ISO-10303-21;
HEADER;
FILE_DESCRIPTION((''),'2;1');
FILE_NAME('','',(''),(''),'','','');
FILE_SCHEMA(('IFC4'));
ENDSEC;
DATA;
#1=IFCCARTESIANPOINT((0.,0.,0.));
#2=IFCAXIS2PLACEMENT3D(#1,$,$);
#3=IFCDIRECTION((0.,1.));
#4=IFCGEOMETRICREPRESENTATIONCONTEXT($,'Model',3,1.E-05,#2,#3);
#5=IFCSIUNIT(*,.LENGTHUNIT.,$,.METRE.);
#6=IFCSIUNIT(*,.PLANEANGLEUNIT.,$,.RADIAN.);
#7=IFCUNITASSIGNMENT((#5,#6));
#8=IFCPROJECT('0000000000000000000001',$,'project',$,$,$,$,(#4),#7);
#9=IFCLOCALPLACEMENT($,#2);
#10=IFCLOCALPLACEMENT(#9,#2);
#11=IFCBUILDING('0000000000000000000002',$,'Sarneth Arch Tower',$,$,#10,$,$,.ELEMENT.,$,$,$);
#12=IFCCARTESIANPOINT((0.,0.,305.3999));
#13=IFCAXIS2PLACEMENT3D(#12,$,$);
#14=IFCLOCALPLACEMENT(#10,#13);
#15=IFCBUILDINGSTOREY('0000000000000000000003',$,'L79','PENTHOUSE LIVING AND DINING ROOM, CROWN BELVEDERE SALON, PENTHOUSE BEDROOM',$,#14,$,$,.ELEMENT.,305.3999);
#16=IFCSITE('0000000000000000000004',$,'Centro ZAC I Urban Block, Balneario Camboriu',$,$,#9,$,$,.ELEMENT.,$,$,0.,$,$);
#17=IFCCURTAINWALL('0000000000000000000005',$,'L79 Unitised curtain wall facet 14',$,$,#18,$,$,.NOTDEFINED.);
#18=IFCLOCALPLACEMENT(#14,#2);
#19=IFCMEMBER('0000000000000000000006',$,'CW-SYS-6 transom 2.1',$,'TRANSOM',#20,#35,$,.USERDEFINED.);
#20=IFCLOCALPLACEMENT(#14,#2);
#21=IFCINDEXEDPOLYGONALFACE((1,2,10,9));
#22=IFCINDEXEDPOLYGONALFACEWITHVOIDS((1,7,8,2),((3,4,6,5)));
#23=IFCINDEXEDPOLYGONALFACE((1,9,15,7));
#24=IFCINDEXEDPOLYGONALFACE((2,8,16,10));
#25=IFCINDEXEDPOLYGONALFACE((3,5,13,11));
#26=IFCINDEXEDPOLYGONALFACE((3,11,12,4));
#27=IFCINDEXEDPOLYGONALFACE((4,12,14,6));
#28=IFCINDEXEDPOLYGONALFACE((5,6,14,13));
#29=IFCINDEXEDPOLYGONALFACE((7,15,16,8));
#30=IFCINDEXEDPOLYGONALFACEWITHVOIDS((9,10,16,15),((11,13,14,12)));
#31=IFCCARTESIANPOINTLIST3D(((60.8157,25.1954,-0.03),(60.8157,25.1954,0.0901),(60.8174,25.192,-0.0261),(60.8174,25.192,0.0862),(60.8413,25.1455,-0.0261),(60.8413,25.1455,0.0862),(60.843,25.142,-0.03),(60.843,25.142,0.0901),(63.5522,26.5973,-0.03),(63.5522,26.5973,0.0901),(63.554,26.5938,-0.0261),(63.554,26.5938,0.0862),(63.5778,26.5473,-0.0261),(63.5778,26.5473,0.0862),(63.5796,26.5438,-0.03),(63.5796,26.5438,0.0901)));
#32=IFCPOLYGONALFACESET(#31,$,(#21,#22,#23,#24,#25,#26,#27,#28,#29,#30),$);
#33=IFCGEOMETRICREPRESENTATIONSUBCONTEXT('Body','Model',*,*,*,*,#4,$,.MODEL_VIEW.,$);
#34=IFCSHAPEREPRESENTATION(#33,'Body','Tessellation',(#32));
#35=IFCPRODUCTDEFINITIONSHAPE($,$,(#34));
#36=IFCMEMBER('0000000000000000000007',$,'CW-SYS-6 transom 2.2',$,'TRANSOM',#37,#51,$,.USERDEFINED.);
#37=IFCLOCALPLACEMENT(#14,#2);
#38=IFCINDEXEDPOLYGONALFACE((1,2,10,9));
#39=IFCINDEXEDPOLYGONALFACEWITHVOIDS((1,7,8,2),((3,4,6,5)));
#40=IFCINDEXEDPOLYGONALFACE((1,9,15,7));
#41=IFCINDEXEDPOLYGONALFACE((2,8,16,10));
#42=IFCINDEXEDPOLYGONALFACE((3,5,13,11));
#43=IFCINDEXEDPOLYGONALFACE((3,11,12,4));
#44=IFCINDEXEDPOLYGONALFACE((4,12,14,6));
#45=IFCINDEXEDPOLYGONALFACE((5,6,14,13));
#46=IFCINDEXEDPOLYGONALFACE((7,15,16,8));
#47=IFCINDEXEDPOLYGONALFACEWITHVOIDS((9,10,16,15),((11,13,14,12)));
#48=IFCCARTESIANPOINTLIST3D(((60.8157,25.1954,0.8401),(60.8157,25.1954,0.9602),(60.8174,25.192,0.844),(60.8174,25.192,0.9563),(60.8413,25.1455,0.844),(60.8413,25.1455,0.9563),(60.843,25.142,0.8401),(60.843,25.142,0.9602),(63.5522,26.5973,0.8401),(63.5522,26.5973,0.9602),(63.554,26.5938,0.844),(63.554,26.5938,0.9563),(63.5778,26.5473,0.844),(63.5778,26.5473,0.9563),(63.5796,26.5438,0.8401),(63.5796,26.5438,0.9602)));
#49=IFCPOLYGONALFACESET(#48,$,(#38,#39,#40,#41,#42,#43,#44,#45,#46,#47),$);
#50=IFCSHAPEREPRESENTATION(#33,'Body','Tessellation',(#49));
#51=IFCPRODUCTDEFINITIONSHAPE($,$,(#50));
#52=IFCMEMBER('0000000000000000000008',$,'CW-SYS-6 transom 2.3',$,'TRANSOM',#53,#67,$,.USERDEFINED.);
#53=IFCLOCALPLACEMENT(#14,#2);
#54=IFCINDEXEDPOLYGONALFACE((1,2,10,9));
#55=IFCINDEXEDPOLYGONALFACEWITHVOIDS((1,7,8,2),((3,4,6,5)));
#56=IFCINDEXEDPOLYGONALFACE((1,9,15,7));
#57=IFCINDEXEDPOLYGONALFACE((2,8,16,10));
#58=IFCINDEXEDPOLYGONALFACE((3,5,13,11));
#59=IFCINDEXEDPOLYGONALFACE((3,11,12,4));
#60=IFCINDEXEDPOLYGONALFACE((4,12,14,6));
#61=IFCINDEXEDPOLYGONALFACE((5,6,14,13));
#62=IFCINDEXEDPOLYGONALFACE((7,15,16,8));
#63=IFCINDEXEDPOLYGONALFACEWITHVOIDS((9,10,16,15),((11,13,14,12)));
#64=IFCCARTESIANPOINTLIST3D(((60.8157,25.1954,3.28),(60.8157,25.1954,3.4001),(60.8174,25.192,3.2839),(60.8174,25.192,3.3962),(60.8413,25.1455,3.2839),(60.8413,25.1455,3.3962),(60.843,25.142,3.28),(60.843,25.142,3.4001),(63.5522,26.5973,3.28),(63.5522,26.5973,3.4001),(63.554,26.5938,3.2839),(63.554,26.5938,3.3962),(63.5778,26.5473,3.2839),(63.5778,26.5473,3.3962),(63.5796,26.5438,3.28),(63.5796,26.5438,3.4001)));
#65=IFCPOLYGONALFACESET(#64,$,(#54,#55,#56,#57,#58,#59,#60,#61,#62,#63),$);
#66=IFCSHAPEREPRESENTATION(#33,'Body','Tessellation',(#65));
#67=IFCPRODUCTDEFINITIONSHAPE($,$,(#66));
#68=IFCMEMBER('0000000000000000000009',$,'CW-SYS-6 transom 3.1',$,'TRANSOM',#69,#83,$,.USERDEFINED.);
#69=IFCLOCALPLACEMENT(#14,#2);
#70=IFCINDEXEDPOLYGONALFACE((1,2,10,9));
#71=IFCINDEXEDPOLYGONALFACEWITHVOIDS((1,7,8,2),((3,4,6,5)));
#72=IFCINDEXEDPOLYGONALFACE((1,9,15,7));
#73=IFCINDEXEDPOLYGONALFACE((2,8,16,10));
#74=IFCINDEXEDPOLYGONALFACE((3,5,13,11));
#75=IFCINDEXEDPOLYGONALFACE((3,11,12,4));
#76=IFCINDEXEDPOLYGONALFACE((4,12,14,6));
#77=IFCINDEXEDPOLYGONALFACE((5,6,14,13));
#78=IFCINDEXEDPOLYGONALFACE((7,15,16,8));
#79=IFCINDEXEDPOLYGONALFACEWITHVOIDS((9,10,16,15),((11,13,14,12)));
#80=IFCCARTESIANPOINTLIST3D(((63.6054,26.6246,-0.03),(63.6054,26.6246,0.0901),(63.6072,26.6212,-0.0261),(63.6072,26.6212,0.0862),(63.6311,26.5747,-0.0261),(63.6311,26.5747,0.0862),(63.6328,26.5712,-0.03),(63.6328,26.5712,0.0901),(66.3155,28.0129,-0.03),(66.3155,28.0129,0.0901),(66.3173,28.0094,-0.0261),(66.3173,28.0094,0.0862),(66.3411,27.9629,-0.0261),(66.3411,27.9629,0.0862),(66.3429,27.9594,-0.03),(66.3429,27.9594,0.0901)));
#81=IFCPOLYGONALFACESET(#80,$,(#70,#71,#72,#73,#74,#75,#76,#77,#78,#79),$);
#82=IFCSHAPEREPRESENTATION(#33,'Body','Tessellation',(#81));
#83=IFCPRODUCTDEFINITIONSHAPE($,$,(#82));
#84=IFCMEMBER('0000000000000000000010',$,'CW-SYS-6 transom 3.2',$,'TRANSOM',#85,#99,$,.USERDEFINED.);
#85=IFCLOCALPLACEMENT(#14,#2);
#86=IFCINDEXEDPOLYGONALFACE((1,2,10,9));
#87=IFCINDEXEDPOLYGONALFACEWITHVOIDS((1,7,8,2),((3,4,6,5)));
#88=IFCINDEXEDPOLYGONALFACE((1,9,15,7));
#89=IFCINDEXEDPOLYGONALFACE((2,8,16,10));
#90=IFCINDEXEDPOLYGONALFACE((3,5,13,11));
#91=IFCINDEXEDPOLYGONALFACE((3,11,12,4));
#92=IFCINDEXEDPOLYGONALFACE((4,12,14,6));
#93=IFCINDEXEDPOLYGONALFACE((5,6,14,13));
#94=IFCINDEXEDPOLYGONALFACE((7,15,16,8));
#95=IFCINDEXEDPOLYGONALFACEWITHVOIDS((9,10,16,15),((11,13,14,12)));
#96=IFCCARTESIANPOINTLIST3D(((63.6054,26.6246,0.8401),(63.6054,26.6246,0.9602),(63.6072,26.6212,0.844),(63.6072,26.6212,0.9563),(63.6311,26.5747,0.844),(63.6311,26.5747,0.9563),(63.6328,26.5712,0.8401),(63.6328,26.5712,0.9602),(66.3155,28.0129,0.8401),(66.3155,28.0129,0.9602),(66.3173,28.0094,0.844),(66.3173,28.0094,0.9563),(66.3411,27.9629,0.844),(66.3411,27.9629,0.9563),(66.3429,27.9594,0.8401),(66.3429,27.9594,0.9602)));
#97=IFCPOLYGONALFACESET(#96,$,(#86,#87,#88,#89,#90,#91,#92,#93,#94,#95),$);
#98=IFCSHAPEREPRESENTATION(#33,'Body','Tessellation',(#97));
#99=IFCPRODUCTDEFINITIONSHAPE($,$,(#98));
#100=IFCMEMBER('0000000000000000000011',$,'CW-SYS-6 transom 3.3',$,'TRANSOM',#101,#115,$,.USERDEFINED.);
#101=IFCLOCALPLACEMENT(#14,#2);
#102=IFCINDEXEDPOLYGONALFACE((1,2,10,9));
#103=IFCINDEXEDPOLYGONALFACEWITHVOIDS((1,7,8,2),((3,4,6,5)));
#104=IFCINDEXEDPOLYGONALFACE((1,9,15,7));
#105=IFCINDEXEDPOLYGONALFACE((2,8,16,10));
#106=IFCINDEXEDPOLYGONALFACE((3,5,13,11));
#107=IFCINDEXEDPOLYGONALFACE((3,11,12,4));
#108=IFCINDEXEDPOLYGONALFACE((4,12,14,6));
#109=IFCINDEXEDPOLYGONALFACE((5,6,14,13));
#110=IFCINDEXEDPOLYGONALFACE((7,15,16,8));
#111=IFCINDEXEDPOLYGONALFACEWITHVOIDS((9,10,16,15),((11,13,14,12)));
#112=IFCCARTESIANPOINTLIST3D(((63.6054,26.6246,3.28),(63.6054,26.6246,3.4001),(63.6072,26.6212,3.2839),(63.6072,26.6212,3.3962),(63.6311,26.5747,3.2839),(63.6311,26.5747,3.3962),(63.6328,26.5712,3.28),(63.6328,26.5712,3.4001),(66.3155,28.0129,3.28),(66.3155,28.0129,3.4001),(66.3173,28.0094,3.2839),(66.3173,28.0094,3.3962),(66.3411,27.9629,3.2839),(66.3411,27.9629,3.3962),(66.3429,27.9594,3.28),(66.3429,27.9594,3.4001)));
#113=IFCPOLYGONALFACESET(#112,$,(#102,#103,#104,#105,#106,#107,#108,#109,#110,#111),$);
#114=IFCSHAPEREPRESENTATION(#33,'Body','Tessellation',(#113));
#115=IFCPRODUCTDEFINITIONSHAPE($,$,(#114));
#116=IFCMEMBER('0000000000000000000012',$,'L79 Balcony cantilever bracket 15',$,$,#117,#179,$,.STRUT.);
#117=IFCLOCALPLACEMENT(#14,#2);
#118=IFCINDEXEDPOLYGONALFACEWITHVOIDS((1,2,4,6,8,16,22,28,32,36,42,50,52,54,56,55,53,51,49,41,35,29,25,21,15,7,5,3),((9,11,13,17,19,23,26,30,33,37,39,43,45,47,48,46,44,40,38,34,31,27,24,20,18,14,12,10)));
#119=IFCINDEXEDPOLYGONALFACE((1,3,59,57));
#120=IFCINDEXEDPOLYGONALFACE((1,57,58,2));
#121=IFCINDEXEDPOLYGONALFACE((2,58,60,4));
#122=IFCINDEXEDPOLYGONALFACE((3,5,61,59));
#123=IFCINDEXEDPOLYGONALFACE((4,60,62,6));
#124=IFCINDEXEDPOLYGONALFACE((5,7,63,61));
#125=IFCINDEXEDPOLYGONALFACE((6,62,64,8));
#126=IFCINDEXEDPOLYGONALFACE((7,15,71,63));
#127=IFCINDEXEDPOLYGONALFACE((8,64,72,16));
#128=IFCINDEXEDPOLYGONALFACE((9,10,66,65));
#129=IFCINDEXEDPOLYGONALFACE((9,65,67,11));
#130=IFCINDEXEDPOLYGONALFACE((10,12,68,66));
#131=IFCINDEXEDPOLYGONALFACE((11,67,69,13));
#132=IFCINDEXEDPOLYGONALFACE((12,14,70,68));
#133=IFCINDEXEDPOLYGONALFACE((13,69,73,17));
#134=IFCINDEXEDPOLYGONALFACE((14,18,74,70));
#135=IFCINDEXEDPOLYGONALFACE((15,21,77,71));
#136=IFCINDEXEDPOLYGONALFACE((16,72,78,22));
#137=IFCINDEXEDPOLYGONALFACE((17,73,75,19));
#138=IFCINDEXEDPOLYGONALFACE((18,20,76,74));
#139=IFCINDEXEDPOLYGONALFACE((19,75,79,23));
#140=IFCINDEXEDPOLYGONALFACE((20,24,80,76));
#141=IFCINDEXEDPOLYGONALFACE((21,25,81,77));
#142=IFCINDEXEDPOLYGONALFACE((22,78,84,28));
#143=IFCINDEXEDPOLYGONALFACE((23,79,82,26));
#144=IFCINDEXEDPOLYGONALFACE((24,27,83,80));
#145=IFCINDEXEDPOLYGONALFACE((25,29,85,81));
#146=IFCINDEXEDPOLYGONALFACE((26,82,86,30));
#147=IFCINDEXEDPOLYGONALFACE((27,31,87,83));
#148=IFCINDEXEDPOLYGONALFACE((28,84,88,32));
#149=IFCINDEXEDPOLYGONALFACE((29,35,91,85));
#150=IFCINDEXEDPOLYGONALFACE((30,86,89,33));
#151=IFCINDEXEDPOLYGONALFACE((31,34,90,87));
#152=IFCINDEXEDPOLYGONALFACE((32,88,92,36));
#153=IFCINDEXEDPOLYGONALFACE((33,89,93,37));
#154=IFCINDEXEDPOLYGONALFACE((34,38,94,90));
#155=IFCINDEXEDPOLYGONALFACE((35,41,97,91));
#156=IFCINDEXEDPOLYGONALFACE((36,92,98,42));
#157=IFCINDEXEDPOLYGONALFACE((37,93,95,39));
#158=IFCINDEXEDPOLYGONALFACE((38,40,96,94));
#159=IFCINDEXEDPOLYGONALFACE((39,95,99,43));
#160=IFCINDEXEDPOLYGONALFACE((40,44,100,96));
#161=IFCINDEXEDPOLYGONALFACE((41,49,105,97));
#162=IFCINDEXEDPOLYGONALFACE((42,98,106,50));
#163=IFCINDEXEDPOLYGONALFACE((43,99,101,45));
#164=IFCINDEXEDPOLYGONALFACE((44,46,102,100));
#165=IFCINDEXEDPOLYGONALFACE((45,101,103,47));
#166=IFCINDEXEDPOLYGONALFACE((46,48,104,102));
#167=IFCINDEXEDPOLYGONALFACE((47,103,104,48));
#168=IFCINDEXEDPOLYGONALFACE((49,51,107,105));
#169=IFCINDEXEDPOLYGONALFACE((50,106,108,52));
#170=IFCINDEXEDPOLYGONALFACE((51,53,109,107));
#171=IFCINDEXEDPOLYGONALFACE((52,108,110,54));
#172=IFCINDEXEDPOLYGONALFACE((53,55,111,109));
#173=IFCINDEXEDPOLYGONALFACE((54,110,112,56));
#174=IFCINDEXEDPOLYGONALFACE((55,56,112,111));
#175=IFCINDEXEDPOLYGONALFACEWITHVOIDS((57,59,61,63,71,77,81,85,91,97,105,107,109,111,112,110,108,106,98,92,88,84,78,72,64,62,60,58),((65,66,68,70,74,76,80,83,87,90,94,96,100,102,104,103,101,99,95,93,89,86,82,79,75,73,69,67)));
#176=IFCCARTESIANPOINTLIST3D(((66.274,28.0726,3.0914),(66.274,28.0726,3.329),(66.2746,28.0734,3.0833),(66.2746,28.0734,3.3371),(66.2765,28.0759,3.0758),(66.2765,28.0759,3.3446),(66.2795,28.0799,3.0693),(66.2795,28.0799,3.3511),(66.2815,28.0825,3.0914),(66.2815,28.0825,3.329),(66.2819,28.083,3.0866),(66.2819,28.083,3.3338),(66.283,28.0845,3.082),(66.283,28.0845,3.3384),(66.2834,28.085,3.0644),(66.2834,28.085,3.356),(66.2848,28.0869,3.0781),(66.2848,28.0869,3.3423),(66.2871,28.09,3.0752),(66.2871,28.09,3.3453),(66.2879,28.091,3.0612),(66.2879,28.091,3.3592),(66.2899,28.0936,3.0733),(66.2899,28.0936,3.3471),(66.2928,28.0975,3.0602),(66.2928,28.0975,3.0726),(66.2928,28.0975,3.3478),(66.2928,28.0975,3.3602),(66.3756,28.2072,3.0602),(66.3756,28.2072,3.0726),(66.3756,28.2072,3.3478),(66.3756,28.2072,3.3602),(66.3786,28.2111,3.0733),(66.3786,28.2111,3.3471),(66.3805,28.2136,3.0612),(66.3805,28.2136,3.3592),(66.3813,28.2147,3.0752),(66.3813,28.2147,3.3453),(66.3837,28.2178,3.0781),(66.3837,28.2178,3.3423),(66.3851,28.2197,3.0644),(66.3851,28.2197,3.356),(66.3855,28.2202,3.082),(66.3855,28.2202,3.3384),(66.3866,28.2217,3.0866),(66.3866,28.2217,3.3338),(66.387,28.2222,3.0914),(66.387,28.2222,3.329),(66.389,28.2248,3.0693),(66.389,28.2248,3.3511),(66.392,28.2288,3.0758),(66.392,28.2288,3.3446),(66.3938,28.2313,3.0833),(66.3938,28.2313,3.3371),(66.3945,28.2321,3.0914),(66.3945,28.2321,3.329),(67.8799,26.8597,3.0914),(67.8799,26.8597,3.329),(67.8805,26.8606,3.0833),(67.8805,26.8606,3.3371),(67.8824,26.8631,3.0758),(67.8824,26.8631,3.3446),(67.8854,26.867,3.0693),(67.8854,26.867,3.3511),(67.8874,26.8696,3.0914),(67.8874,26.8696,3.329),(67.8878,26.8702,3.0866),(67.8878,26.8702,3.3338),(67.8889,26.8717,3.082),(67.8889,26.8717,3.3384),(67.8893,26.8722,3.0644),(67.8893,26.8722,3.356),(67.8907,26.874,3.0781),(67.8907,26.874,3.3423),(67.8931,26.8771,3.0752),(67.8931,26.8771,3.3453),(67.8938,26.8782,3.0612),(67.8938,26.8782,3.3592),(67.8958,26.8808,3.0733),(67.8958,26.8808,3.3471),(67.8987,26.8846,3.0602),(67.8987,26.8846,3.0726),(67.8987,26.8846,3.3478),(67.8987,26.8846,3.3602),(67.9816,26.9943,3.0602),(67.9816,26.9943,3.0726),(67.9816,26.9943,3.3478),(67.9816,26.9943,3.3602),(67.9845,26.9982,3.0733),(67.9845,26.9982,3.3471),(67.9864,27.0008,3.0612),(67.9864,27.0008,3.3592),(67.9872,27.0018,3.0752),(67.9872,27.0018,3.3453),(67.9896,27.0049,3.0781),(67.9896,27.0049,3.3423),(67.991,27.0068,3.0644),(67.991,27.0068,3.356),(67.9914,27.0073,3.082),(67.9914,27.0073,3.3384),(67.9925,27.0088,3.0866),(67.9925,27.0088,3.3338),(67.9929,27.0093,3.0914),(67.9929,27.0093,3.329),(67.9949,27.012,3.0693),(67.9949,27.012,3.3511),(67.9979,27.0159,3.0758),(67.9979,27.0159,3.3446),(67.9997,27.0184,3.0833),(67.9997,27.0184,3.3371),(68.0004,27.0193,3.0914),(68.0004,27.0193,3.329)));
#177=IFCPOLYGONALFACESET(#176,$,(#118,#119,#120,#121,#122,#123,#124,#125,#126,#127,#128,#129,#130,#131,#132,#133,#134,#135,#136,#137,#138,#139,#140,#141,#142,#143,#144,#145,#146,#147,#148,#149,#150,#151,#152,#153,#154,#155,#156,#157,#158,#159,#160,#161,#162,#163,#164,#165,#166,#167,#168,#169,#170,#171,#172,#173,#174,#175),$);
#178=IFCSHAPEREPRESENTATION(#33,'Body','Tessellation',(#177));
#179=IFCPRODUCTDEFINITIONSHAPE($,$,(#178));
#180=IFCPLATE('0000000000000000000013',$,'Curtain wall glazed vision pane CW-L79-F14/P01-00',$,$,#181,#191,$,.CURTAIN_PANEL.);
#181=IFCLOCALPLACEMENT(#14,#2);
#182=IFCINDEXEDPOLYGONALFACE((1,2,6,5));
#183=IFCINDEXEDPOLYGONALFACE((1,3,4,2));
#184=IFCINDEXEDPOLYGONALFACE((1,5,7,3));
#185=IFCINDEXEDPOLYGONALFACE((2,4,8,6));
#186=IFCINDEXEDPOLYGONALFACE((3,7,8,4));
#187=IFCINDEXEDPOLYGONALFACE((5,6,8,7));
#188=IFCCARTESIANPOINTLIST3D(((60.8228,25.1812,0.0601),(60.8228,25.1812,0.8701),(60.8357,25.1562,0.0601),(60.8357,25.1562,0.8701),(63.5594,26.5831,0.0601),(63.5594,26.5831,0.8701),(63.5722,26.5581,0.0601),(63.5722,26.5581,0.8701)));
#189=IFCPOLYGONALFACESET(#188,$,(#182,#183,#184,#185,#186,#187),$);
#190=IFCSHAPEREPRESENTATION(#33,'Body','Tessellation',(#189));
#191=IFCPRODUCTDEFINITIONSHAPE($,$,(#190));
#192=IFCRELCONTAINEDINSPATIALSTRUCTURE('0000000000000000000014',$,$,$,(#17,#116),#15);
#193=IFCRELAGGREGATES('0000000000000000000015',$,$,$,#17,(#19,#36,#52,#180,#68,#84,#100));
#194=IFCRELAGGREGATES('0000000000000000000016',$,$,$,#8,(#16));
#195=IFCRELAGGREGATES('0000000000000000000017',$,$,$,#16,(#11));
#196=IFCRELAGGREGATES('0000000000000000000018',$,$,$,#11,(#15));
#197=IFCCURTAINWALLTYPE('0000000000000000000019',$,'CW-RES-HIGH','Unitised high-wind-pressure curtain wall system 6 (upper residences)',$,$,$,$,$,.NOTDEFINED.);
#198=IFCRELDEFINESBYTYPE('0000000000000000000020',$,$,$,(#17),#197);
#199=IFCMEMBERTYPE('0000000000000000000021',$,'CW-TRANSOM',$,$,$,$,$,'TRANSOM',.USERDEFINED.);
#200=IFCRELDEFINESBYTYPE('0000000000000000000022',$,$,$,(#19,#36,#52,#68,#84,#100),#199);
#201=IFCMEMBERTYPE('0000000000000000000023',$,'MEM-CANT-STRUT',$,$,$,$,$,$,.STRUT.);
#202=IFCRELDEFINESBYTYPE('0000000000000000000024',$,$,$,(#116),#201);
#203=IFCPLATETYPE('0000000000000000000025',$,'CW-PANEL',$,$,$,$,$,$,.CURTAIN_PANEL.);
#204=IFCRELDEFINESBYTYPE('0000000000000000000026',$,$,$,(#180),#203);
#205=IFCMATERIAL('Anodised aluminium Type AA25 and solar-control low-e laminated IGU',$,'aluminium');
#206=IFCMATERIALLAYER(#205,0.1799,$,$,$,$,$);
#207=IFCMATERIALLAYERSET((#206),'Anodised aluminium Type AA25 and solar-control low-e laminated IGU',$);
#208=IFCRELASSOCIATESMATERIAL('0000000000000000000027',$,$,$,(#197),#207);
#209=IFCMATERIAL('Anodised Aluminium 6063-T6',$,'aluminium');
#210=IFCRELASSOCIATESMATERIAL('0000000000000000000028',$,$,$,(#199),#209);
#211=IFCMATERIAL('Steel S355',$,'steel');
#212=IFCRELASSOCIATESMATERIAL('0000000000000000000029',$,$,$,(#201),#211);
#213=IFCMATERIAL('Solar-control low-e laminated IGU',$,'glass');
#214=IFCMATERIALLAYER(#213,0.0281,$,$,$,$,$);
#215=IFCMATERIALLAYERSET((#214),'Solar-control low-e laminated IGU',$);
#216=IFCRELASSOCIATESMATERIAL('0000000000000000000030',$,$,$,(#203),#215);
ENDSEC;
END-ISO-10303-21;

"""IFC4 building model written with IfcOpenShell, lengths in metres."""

from ifc_helpers import new_model, si_unit, direction, frame, origin, origin_2d, place, context, subcontext, project, spatial, rectangle, hollow_rectangle, extrude, material, layer, layer_set, material_profile, profile_set, type_object, element, aggregate, save


model = new_model("IFC4")

# Units and contexts
model_context = context("Model", 3, precision=1e-05, world=origin(), true_north=direction((0.0, 1.0)))
body_context = subcontext(model_context, "Body", "Model", "MODEL_VIEW")
ifc_project = project(units=[si_unit("LENGTHUNIT", "METRE"), si_unit("PLANEANGLEUNIT", "RADIAN")], contexts=[model_context])

# Site, building, storey
site_placement = place(None, origin())
site = spatial("IfcSite", under=ifc_project, at=site_placement, Name="Centro ZAC I Urban Block, Balneario Camboriu", CompositionType="ELEMENT", RefElevation=0.0)
building_placement = place(site_placement, origin())
building = spatial("IfcBuilding", under=site, at=building_placement, Name="Sarneth Arch Tower", CompositionType="ELEMENT")
storey_placement = place(building_placement, frame((0.0, 0.0, 305.3999)))
storey = spatial("IfcBuildingStorey", under=building, at=storey_placement, Name="L79", Description="PENTHOUSE LIVING AND DINING ROOM, CROWN BELVEDERE SALON, PENTHOUSE BEDROOM", CompositionType="ELEMENT", Elevation=305.3999)

# Curtain wall, members
ifc_material_1 = material(Name="Anodised aluminium Type AA25 and solar-control low-e laminated IGU", Category="aluminium")
ifc_layer_1 = layer(ifc_material_1, 0.1799)
ifc_layer_set_1 = layer_set([ifc_layer_1], Name="Anodised aluminium Type AA25 and solar-control low-e laminated IGU")
curtain_wall_type = type_object("IfcCurtainWallType", Name="CW-RES-HIGH", Description="Unitised high-wind-pressure curtain wall system 6 (upper residences)", PredefinedType="NOTDEFINED", material=ifc_layer_set_1)
curtain_wall_placement = place(storey_placement, origin())
curtain_wall = element("IfcCurtainWall", 1, at=curtain_wall_placement, inside=storey, type_object=curtain_wall_type, Name="L79 Unitised curtain wall facet 14", PredefinedType="NOTDEFINED")
ifc_material_2 = material(Name="Anodised Aluminium 6063-T6", Category="aluminium")
ifc_material_profile_1 = material_profile(ifc_material_2, hollow_rectangle(XDim=0.0601, YDim=0.1201, WallThickness=0.0039, at=origin_2d()), Name="AL-TRAN-120x60x4")
ifc_profile_set_1 = profile_set([ifc_material_profile_1], Name="Anodised Aluminium 6063-T6")
member_type_1 = type_object("IfcMemberType", Name="CW-TRANSOM", ElementType="TRANSOM", PredefinedType="USERDEFINED", material=ifc_profile_set_1)
member_1_placement = place(storey_placement, frame((60.8293, 25.1687, 0.03), z_axis=(0.890017, 0.455926, 0.0), x_axis=(-0.455926, 0.890017, 0.0)))
member_1 = element("IfcMember", 2, at=member_1_placement, type_object=member_type_1, Name="CW-SYS-6 transom 2.1", ObjectType="TRANSOM", PredefinedType="USERDEFINED", context=body_context, shape_type="SweptSolid", body=[
    extrude(hollow_rectangle(XDim=0.0601, YDim=0.1201, WallThickness=0.0039, at=origin_2d()), origin(), (0.0, 0.0, 1.0), 3.0747),
])
member_2_placement = place(storey_placement, frame((60.8293, 25.1687, 0.9001), z_axis=(0.890017, 0.455926, 0.0), x_axis=(-0.455926, 0.890017, 0.0)))
member_2 = element("IfcMember", 3, at=member_2_placement, type_object=member_type_1, Name="CW-SYS-6 transom 2.2", ObjectType="TRANSOM", PredefinedType="USERDEFINED", context=body_context, shape_type="SweptSolid", body=[
    extrude(hollow_rectangle(XDim=0.0601, YDim=0.1201, WallThickness=0.0039, at=origin_2d()), origin(), (0.0, 0.0, 1.0), 3.0747),
])
member_3_placement = place(storey_placement, frame((60.8293, 25.1687, 3.3401), z_axis=(0.890017, 0.455926, 0.0), x_axis=(-0.455926, 0.890017, 0.0)))
member_3 = element("IfcMember", 4, at=member_3_placement, type_object=member_type_1, Name="CW-SYS-6 transom 2.3", ObjectType="TRANSOM", PredefinedType="USERDEFINED", context=body_context, shape_type="SweptSolid", body=[
    extrude(hollow_rectangle(XDim=0.0601, YDim=0.1201, WallThickness=0.0039, at=origin_2d()), origin(), (0.0, 0.0, 1.0), 3.0747),
])
member_4_placement = place(storey_placement, frame((63.6191, 26.5979, 0.03), z_axis=(0.890023, 0.455916, 0.0), x_axis=(-0.455916, 0.890023, 0.0)))
member_4 = element("IfcMember", 5, at=member_4_placement, type_object=member_type_1, Name="CW-SYS-6 transom 3.1", ObjectType="TRANSOM", PredefinedType="USERDEFINED", context=body_context, shape_type="SweptSolid", body=[
    extrude(hollow_rectangle(XDim=0.0601, YDim=0.1201, WallThickness=0.0039, at=origin_2d()), origin(), (0.0, 0.0, 1.0), 3.0449),
])
member_5_placement = place(storey_placement, frame((63.6191, 26.5979, 0.9001), z_axis=(0.890023, 0.455916, 0.0), x_axis=(-0.455916, 0.890023, 0.0)))
member_5 = element("IfcMember", 6, at=member_5_placement, type_object=member_type_1, Name="CW-SYS-6 transom 3.2", ObjectType="TRANSOM", PredefinedType="USERDEFINED", context=body_context, shape_type="SweptSolid", body=[
    extrude(hollow_rectangle(XDim=0.0601, YDim=0.1201, WallThickness=0.0039, at=origin_2d()), origin(), (0.0, 0.0, 1.0), 3.0449),
])
member_6_placement = place(storey_placement, frame((63.6191, 26.5979, 3.3401), z_axis=(0.890023, 0.455916, 0.0), x_axis=(-0.455916, 0.890023, 0.0)))
member_6 = element("IfcMember", 7, at=member_6_placement, type_object=member_type_1, Name="CW-SYS-6 transom 3.3", ObjectType="TRANSOM", PredefinedType="USERDEFINED", context=body_context, shape_type="SweptSolid", body=[
    extrude(hollow_rectangle(XDim=0.0601, YDim=0.1201, WallThickness=0.0039, at=origin_2d()), origin(), (0.0, 0.0, 1.0), 3.0449),
])

# Member
ifc_material_3 = material(Name="Steel S355", Category="steel")
ifc_material_profile_2 = material_profile(ifc_material_3, hollow_rectangle(XDim=0.2, YDim=0.3, WallThickness=0.0125, InnerFilletRadius=0.0188, OuterFilletRadius=0.0312, at=origin_2d()), Name="RHS300x200x12.5")
ifc_profile_set_2 = profile_set([ifc_material_profile_2], Name="Steel S355")
member_type_2 = type_object("IfcMemberType", Name="MEM-CANT-STRUT", PredefinedType="STRUT", material=ifc_profile_set_2)
member_7_placement = place(storey_placement, frame((66.3342, 28.1523, 3.2102), z_axis=(0.797987, -0.602675, 0.0), x_axis=(0.602675, 0.797987, 0.0)))
element("IfcMember", 8, at=member_7_placement, inside=storey, type_object=member_type_2, Name="L79 Balcony cantilever bracket 15", PredefinedType="STRUT", context=body_context, shape_type="SweptSolid", body=[
    extrude(hollow_rectangle(XDim=0.2, YDim=0.3, WallThickness=0.0125, InnerFilletRadius=0.0188, OuterFilletRadius=0.0312, at=origin_2d()), origin(), (0.0, 0.0, 1.0), 2.0125),
])

# Plate
ifc_material_4 = material(Name="Solar-control low-e laminated IGU", Category="glass")
ifc_layer_2 = layer(ifc_material_4, 0.0281)
ifc_layer_set_2 = layer_set([ifc_layer_2], Name="Solar-control low-e laminated IGU")
plate_type_1 = type_object("IfcPlateType", Name="CW-PANEL", PredefinedType="CURTAIN_PANEL", material=ifc_layer_set_2)
plate_1_placement = place(storey_placement, frame((62.1975, 25.8696, 0.0601), z_axis=(0.0, 0.0, 1.0), x_axis=(0.89001, 0.455942, 0.0)))
plate_1 = element("IfcPlate", 9, at=plate_1_placement, type_object=plate_type_1, Name="Curtain wall glazed vision pane CW-L79-F14/P01-00", PredefinedType="CURTAIN_PANEL", context=body_context, shape_type="SweptSolid", body=[
    extrude(rectangle(XDim=3.0747, YDim=0.0281, at=origin_2d()), origin(), (0.0, 0.0, 1.0), 0.8101),
])
aggregate(curtain_wall, [member_1, member_2, member_3, plate_1, member_4, member_5, member_6])

save(model, "model.ifc")
